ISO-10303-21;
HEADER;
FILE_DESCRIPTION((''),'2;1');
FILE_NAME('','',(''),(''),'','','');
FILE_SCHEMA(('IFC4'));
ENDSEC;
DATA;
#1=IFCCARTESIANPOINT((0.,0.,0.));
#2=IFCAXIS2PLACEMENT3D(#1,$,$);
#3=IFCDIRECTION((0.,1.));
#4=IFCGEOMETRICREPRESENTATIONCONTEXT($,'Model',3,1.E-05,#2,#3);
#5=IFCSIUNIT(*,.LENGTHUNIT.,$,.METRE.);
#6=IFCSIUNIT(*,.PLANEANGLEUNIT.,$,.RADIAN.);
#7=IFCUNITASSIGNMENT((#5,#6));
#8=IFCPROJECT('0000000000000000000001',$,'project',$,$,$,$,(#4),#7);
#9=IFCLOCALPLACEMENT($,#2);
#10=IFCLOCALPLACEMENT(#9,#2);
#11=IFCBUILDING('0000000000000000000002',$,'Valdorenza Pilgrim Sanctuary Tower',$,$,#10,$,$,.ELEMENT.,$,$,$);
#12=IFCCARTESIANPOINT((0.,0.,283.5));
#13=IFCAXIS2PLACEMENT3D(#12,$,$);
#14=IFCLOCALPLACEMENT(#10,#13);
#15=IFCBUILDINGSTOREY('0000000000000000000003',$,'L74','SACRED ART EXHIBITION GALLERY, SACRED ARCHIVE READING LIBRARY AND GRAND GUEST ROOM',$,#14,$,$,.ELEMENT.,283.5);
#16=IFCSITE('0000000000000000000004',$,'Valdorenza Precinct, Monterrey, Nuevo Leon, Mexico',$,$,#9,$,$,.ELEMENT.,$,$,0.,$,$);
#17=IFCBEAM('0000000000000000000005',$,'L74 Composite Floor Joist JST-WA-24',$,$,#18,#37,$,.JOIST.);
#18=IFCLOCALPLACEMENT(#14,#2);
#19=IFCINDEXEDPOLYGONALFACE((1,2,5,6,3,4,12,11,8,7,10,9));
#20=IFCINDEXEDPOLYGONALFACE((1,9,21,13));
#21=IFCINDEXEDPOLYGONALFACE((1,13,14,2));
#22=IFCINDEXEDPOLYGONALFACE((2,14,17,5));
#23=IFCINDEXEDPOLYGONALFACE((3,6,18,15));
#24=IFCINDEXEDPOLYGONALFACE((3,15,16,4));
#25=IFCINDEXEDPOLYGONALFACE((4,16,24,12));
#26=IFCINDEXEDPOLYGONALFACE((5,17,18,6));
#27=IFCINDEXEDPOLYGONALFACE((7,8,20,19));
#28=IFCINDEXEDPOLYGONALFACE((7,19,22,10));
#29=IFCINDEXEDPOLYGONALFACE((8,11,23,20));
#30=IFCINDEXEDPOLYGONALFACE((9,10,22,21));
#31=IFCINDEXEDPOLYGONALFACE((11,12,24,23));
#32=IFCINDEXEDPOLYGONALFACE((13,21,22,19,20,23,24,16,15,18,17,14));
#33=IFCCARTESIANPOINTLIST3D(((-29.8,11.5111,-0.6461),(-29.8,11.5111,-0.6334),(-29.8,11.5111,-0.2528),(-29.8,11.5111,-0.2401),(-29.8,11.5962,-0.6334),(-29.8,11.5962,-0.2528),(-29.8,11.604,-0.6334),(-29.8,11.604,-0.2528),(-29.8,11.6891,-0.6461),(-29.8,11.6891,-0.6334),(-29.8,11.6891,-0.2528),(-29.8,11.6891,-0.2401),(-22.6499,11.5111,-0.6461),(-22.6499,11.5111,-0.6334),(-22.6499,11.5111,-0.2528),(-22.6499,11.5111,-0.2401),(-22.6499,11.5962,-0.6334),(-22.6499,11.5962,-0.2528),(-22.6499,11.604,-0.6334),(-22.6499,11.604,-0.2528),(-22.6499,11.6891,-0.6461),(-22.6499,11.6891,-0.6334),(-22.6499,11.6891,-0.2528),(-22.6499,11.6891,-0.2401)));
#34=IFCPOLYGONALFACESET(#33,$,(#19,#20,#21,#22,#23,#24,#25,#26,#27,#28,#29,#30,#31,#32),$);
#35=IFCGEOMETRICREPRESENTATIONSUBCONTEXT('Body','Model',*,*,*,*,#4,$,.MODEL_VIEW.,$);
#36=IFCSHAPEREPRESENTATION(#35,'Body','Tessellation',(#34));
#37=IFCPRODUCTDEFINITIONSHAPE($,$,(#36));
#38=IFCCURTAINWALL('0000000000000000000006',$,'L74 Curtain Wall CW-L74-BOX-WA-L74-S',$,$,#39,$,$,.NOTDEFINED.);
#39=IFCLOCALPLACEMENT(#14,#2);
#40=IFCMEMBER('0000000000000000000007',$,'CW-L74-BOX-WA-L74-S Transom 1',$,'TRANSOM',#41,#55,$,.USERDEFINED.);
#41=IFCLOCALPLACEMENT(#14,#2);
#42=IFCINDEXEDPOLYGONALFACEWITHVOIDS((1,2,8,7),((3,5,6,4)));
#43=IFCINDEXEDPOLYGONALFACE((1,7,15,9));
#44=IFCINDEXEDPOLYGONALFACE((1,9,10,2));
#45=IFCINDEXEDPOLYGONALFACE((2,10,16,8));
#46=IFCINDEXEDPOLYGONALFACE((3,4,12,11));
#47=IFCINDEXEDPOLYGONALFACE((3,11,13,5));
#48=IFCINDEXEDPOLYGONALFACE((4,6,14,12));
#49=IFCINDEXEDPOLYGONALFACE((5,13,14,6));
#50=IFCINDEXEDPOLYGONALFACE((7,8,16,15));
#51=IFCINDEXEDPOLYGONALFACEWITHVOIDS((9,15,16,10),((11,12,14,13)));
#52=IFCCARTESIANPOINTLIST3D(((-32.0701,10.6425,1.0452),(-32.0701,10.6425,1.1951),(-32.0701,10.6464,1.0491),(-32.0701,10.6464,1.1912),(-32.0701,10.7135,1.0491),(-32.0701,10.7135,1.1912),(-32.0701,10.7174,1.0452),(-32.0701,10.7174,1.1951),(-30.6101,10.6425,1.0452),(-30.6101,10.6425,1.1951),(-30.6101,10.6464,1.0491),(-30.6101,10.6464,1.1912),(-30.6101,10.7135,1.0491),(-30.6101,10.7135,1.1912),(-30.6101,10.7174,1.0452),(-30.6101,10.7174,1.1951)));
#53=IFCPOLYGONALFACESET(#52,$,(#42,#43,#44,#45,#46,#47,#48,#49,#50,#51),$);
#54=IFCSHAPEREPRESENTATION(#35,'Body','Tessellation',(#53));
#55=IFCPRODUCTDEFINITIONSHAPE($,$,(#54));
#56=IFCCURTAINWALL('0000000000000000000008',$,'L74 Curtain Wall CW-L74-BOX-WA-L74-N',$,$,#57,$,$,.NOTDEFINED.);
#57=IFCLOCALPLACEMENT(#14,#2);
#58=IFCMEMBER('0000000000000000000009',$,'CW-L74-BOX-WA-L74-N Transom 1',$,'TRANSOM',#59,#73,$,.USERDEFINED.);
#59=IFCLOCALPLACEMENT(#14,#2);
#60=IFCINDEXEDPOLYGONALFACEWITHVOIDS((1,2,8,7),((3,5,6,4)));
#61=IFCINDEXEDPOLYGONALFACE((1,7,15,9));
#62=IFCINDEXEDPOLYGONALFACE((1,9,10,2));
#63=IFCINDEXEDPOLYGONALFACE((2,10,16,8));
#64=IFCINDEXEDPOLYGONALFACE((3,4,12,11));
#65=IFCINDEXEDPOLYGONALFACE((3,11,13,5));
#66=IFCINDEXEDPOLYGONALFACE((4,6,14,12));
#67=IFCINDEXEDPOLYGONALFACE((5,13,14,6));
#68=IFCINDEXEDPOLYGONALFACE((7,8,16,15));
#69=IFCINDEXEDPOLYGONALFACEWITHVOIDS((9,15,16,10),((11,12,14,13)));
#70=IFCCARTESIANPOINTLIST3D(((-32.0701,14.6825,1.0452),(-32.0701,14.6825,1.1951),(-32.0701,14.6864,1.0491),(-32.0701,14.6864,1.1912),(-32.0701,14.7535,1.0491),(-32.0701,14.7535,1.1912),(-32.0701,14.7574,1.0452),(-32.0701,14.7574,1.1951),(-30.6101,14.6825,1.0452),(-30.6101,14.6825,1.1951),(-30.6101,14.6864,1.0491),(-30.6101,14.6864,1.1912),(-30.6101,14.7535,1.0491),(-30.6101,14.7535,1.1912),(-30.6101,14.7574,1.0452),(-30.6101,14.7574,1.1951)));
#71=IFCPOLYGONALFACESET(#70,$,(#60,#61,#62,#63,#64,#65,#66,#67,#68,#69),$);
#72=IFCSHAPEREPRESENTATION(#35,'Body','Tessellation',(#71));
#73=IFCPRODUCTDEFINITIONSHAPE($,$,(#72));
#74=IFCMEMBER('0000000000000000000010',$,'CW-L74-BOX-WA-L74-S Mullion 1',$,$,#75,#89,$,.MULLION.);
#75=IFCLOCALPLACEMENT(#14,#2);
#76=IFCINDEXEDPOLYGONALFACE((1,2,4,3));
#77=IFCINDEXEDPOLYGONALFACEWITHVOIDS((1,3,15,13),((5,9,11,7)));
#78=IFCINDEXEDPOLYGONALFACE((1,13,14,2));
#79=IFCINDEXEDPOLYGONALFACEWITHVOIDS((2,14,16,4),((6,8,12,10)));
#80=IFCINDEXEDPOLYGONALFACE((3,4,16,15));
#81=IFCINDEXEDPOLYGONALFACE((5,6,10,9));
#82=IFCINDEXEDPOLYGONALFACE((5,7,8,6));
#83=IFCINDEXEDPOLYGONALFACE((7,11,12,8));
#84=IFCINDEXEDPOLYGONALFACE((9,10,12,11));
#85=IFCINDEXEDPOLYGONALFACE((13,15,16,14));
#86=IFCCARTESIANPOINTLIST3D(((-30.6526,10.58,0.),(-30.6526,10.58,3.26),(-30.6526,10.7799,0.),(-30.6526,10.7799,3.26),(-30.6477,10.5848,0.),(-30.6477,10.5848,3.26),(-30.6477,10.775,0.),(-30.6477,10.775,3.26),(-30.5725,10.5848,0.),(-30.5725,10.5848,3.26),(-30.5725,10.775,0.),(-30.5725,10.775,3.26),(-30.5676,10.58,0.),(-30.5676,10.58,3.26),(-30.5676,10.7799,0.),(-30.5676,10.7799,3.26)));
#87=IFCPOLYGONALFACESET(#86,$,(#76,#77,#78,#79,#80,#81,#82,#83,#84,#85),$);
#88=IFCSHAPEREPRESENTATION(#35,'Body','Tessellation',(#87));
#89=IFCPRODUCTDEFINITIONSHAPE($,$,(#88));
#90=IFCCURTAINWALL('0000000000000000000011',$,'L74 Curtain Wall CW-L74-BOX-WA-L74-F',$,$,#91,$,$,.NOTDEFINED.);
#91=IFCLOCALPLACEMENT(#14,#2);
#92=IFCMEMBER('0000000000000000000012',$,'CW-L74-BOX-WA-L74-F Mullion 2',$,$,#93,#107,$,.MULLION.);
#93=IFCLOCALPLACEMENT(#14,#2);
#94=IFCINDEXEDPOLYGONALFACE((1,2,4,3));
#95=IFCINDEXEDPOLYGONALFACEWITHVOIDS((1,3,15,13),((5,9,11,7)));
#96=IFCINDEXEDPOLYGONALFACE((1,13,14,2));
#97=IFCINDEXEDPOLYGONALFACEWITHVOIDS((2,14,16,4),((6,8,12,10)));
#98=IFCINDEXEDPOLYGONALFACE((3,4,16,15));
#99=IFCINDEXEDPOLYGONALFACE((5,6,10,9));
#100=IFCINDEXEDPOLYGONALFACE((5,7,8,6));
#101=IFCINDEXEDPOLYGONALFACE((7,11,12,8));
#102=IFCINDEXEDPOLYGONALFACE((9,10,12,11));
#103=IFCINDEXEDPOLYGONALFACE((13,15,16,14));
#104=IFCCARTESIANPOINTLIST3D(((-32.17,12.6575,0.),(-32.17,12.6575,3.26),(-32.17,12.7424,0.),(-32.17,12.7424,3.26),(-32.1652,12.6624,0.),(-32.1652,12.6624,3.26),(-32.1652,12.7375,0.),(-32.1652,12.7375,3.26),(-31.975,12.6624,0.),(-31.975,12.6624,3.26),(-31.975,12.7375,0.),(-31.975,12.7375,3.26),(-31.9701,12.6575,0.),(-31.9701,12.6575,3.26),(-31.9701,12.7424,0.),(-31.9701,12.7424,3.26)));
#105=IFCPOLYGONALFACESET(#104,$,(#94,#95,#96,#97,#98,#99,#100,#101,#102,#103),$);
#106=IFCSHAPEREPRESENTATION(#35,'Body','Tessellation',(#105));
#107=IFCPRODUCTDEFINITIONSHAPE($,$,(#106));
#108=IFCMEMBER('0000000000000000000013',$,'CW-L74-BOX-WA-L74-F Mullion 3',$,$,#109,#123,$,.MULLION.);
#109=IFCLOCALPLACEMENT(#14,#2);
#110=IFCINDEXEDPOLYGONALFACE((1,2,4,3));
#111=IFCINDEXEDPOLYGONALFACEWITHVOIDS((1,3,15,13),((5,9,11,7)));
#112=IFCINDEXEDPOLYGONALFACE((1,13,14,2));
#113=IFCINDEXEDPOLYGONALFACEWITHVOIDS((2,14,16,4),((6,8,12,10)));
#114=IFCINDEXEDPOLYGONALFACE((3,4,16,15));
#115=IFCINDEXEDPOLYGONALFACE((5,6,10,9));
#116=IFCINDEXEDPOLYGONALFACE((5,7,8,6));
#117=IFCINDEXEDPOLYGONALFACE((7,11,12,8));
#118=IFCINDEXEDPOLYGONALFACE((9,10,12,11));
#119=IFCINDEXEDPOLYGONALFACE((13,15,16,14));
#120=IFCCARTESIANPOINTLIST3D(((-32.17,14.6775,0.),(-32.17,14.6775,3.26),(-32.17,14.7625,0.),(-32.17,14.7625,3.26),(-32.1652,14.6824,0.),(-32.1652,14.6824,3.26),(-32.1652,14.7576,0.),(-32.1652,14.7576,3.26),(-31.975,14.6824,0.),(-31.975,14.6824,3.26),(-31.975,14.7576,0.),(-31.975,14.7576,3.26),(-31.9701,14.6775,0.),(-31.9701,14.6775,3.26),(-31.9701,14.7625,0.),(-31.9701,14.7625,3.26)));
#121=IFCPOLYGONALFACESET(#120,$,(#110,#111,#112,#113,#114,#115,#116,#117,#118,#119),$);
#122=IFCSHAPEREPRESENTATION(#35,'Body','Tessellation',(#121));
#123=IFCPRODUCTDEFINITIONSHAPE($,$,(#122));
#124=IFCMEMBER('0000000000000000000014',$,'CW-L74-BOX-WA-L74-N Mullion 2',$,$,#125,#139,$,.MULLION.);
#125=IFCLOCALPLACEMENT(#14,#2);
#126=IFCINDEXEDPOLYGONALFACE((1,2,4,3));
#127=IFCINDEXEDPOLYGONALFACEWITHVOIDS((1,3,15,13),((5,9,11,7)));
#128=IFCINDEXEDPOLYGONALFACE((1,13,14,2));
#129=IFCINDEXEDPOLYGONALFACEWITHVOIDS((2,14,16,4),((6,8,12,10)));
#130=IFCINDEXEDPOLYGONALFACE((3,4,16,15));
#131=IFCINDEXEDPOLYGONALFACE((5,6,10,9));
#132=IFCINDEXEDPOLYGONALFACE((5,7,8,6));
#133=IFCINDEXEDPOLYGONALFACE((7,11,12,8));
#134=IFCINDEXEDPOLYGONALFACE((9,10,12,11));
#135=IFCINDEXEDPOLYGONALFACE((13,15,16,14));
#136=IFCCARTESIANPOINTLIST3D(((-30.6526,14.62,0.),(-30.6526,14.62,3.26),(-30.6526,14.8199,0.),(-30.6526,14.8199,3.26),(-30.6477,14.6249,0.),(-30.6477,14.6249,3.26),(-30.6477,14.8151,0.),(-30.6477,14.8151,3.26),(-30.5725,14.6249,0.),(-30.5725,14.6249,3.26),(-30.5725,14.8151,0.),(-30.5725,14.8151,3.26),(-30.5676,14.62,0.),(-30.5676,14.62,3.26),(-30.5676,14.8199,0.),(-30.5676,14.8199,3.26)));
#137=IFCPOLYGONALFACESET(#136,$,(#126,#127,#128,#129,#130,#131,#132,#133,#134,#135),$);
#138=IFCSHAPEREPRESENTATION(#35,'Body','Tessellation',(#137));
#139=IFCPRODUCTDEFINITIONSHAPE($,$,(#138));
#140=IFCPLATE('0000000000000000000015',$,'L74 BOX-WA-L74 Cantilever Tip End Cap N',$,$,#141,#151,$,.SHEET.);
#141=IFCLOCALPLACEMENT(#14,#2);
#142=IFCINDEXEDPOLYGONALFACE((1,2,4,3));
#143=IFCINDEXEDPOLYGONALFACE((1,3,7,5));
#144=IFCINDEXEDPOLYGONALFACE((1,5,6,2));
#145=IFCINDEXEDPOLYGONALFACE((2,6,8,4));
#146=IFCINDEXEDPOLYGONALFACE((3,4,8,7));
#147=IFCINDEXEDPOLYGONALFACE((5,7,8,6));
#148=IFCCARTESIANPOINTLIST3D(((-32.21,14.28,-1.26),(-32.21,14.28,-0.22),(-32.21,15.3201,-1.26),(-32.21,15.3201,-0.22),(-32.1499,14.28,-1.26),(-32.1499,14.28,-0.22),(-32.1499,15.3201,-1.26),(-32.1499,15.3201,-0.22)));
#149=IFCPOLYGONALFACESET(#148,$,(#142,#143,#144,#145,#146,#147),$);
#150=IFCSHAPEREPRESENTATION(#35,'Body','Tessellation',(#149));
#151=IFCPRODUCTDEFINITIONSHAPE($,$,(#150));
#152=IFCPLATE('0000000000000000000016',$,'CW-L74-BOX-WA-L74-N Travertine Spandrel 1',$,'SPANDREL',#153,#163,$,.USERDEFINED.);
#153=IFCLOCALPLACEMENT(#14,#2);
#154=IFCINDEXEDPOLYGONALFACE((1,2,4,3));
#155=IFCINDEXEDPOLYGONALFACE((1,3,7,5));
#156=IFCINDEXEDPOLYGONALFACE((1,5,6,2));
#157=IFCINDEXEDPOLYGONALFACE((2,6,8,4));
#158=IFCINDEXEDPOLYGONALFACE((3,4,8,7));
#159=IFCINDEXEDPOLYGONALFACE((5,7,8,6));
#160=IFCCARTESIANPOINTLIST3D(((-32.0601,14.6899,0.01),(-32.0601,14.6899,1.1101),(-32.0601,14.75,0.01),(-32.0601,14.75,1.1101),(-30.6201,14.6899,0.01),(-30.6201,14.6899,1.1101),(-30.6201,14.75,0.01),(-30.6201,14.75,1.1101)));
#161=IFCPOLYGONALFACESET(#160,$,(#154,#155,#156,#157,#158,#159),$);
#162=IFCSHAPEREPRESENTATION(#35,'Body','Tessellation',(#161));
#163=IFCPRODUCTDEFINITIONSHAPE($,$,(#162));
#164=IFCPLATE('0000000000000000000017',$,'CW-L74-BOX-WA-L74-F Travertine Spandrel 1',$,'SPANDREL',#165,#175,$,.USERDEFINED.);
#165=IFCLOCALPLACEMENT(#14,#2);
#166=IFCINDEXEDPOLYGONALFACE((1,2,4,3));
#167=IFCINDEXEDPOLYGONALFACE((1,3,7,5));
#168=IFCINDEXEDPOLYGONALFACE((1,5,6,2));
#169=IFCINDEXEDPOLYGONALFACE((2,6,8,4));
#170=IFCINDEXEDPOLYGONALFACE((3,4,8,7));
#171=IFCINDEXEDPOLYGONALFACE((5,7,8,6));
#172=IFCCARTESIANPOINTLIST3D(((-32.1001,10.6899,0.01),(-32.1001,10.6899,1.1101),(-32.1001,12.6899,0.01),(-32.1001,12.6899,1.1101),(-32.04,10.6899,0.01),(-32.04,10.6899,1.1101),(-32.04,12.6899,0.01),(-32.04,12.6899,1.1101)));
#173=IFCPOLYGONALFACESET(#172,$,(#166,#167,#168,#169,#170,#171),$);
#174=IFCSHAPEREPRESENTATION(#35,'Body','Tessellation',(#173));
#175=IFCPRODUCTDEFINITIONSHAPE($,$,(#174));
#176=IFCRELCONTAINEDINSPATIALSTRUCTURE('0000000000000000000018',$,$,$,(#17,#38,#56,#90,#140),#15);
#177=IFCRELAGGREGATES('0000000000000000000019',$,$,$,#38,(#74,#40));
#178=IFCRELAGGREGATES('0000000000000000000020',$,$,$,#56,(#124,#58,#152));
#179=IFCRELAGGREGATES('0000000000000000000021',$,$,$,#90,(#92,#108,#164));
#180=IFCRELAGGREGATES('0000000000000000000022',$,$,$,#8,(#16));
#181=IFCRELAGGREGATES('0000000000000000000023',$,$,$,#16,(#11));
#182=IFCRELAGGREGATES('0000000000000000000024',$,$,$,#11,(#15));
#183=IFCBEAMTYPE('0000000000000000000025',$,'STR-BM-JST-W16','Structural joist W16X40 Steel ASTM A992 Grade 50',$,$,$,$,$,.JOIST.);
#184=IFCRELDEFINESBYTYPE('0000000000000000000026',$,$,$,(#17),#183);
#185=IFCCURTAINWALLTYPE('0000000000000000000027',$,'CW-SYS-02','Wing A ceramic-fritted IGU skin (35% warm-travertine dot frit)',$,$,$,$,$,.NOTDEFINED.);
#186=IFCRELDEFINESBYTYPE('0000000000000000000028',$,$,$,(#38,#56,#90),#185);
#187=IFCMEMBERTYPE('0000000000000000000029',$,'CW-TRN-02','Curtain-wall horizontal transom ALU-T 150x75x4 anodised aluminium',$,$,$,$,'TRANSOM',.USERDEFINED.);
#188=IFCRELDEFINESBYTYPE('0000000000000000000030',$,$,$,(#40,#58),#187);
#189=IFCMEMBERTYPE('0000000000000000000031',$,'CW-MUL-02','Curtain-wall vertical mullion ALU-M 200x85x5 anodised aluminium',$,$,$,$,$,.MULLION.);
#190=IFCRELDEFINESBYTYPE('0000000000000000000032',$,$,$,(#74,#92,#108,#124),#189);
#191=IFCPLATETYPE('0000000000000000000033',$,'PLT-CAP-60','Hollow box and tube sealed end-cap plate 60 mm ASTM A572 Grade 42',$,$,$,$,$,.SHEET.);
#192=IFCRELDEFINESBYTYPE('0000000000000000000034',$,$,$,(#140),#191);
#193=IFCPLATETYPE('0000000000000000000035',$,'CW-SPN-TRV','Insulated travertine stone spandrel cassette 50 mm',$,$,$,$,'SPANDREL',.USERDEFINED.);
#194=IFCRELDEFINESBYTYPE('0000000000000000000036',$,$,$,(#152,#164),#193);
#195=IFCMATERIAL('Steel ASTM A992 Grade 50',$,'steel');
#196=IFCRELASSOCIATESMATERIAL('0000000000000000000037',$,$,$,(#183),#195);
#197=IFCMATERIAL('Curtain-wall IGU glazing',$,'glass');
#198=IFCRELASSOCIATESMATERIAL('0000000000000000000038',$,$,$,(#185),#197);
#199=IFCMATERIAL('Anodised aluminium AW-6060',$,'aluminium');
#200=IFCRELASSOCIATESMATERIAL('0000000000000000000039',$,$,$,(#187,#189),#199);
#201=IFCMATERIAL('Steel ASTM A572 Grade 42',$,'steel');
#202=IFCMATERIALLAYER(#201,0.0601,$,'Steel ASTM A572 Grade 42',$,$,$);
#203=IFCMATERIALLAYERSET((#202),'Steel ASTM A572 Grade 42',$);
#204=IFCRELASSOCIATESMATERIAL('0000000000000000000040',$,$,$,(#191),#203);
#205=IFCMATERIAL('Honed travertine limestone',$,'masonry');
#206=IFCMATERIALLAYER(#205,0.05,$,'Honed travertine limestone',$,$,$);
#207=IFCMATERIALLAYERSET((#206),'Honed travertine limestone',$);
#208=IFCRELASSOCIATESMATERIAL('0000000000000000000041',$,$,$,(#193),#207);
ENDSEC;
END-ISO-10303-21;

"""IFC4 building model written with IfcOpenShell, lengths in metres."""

from ifc_helpers import new_model, si_unit, direction, frame, origin, origin_2d, place, context, subcontext, project, spatial, rectangle, hollow_rectangle, i_section, extrude, source, transform, mapped, material, layer, layer_set, material_profile, profile_set, type_object, element, aggregate, save


model = new_model("IFC4")

# Units and contexts
model_context = context("Model", 3, precision=1e-05, world=origin(), true_north=direction((0.0, 1.0)))
body_context = subcontext(model_context, "Body", "Model", "MODEL_VIEW")
ifc_project = project(units=[si_unit("LENGTHUNIT", "METRE"), si_unit("PLANEANGLEUNIT", "RADIAN")], contexts=[model_context])

# Site, building, storey
site_placement = place(None, origin())
site = spatial("IfcSite", under=ifc_project, at=site_placement, Name="Valdorenza Precinct, Monterrey, Nuevo Leon, Mexico", CompositionType="ELEMENT", RefElevation=0.0)
building_placement = place(site_placement, origin())
building = spatial("IfcBuilding", under=site, at=building_placement, Name="Valdorenza Pilgrim Sanctuary Tower", CompositionType="ELEMENT")
storey_placement = place(building_placement, frame((0.0, 0.0, 283.5)))
storey = spatial("IfcBuildingStorey", under=building, at=storey_placement, Name="L74", Description="SACRED ART EXHIBITION GALLERY, SACRED ARCHIVE READING LIBRARY AND GRAND GUEST ROOM", CompositionType="ELEMENT", Elevation=283.5)

# Beam
ifc_material_1 = material(Name="Steel ASTM A992 Grade 50", Category="steel")
ifc_material_profile_1 = material_profile(ifc_material_1, i_section(OverallWidth=0.178, OverallDepth=0.406, WebThickness=0.0078, FlangeThickness=0.0127, at=origin_2d()), Name="W16X40")
ifc_profile_set_1 = profile_set([ifc_material_profile_1], Name="Steel ASTM A992 Grade 50")
beam_type = type_object("IfcBeamType", Name="STR-BM-JST-W16", Description="Structural joist W16X40 Steel ASTM A992 Grade 50", PredefinedType="JOIST", material=ifc_profile_set_1)
shared_shape_1 = source(origin(), body_context, "Body", "SweptSolid", [
    extrude(i_section(OverallWidth=0.178, OverallDepth=0.406, WebThickness=0.0078, FlangeThickness=0.0127, at=origin_2d()), origin(), (0.0, 0.0, 1.0), 7.1501),
])
beam_placement = place(storey_placement, frame((-29.8, 11.6001, -0.4431), z_axis=(1.0, 0.0, 0.0), x_axis=(0.0, 1.0, 0.0)))
element("IfcBeam", 1, at=beam_placement, inside=storey, type_object=beam_type, Name="L74 Composite Floor Joist JST-WA-24", PredefinedType="JOIST", context=body_context, shape_type="MappedRepresentation", body=[
    mapped(shared_shape_1, transform((0.0, 0.0, 0.0), x_axis=(1.0, 0.0, 0.0), y_axis=(0.0, 1.0, 0.0), z_axis=(0.0, 0.0, 1.0), scale=1.0)),
])

# Curtain walls, members
ifc_material_2 = material(Name="Curtain-wall IGU glazing", Category="glass")
curtain_wall_type = type_object("IfcCurtainWallType", Name="CW-SYS-02", Description="Wing A ceramic-fritted IGU skin (35% warm-travertine dot frit)", PredefinedType="NOTDEFINED", material=ifc_material_2)
curtain_wall_1_placement = place(storey_placement, origin())
curtain_wall_1 = element("IfcCurtainWall", 2, at=curtain_wall_1_placement, inside=storey, type_object=curtain_wall_type, Name="L74 Curtain Wall CW-L74-BOX-WA-L74-S", PredefinedType="NOTDEFINED")
ifc_material_3 = material(Name="Anodised aluminium AW-6060", Category="aluminium")
ifc_material_profile_2 = material_profile(ifc_material_3, hollow_rectangle(XDim=0.075, YDim=0.1499, WallThickness=0.0039, at=origin_2d()), Name="ALU-T 150x75x4")
ifc_profile_set_2 = profile_set([ifc_material_profile_2], Name="Anodised aluminium AW-6060")
member_type_1 = type_object("IfcMemberType", Name="CW-TRN-02", Description="Curtain-wall horizontal transom ALU-T 150x75x4 anodised aluminium", ElementType="TRANSOM", PredefinedType="USERDEFINED", material=ifc_profile_set_2)
shared_shape_2 = source(origin(), body_context, "Body", "SweptSolid", [
    extrude(hollow_rectangle(XDim=0.075, YDim=0.1499, WallThickness=0.0039, at=origin_2d()), origin(), (0.0, 0.0, 1.0), 1.46),
])
member_1_placement = place(storey_placement, frame((-30.6101, 10.6799, 1.1201), z_axis=(-1.0, 0.0, 0.0), x_axis=(0.0, -1.0, 0.0)))
member_1 = element("IfcMember", 3, at=member_1_placement, type_object=member_type_1, Name="CW-L74-BOX-WA-L74-S Transom 1", ObjectType="TRANSOM", PredefinedType="USERDEFINED", context=body_context, shape_type="MappedRepresentation", body=[
    mapped(shared_shape_2, transform((0.0, 0.0, 0.0), x_axis=(1.0, 0.0, 0.0), y_axis=(0.0, 1.0, 0.0), z_axis=(0.0, 0.0, 1.0), scale=1.0)),
])
curtain_wall_2_placement = place(storey_placement, origin())
curtain_wall_2 = element("IfcCurtainWall", 4, at=curtain_wall_2_placement, inside=storey, type_object=curtain_wall_type, Name="L74 Curtain Wall CW-L74-BOX-WA-L74-N", PredefinedType="NOTDEFINED")
member_2_placement = place(storey_placement, frame((-32.0701, 14.72, 1.1201), z_axis=(1.0, 0.0, 0.0), x_axis=(0.0, 1.0, 0.0)))
member_2 = element("IfcMember", 5, at=member_2_placement, type_object=member_type_1, Name="CW-L74-BOX-WA-L74-N Transom 1", ObjectType="TRANSOM", PredefinedType="USERDEFINED", context=body_context, shape_type="MappedRepresentation", body=[
    mapped(shared_shape_2, transform((0.0, 0.0, 0.0), x_axis=(1.0, 0.0, 0.0), y_axis=(0.0, 1.0, 0.0), z_axis=(0.0, 0.0, 1.0), scale=1.0)),
])

# Member
ifc_material_profile_3 = material_profile(ifc_material_3, hollow_rectangle(XDim=0.085, YDim=0.2, WallThickness=0.0049, at=origin_2d()), Name="ALU-M 200x85x5")
ifc_profile_set_3 = profile_set([ifc_material_profile_3], Name="Anodised aluminium AW-6060")
member_type_2 = type_object("IfcMemberType", Name="CW-MUL-02", Description="Curtain-wall vertical mullion ALU-M 200x85x5 anodised aluminium", PredefinedType="MULLION", material=ifc_profile_set_3)
shared_shape_3 = source(origin(), body_context, "Body", "SweptSolid", [
    extrude(hollow_rectangle(XDim=0.085, YDim=0.2, WallThickness=0.0049, at=origin_2d()), origin(), (0.0, 0.0, 1.0), 3.26),
])
member_3_placement = place(storey_placement, frame((-30.6101, 10.6799, 0.0), z_axis=(0.0, 0.0, 1.0), x_axis=(-1.0, 0.0, 0.0)))
member_3 = element("IfcMember", 6, at=member_3_placement, type_object=member_type_2, Name="CW-L74-BOX-WA-L74-S Mullion 1", PredefinedType="MULLION", context=body_context, shape_type="MappedRepresentation", body=[
    mapped(shared_shape_3, transform((0.0, 0.0, 0.0), x_axis=(1.0, 0.0, 0.0), y_axis=(0.0, 1.0, 0.0), z_axis=(0.0, 0.0, 1.0), scale=1.0)),
])
aggregate(curtain_wall_1, [member_3, member_1])

# Curtain wall, members
curtain_wall_3_placement = place(storey_placement, origin())
curtain_wall_3 = element("IfcCurtainWall", 7, at=curtain_wall_3_placement, inside=storey, type_object=curtain_wall_type, Name="L74 Curtain Wall CW-L74-BOX-WA-L74-F", PredefinedType="NOTDEFINED")
member_4_placement = place(storey_placement, frame((-32.0701, 12.7, 0.0), z_axis=(0.0, 0.0, 1.0), x_axis=(0.0, 1.0, 0.0)))
member_4 = element("IfcMember", 8, at=member_4_placement, type_object=member_type_2, Name="CW-L74-BOX-WA-L74-F Mullion 2", PredefinedType="MULLION", context=body_context, shape_type="MappedRepresentation", body=[
    mapped(shared_shape_3, transform((0.0, 0.0, 0.0), x_axis=(1.0, 0.0, 0.0), y_axis=(0.0, 1.0, 0.0), z_axis=(0.0, 0.0, 1.0), scale=1.0)),
])
member_5_placement = place(storey_placement, frame((-32.0701, 14.72, 0.0), z_axis=(0.0, 0.0, 1.0), x_axis=(0.0, 1.0, 0.0)))
member_5 = element("IfcMember", 9, at=member_5_placement, type_object=member_type_2, Name="CW-L74-BOX-WA-L74-F Mullion 3", PredefinedType="MULLION", context=body_context, shape_type="MappedRepresentation", body=[
    mapped(shared_shape_3, transform((0.0, 0.0, 0.0), x_axis=(1.0, 0.0, 0.0), y_axis=(0.0, 1.0, 0.0), z_axis=(0.0, 0.0, 1.0), scale=1.0)),
])

# Member
member_6_placement = place(storey_placement, frame((-30.6101, 14.72, 0.0), z_axis=(0.0, 0.0, 1.0), x_axis=(1.0, 0.0, 0.0)))
member_6 = element("IfcMember", 10, at=member_6_placement, type_object=member_type_2, Name="CW-L74-BOX-WA-L74-N Mullion 2", PredefinedType="MULLION", context=body_context, shape_type="MappedRepresentation", body=[
    mapped(shared_shape_3, transform((0.0, 0.0, 0.0), x_axis=(1.0, 0.0, 0.0), y_axis=(0.0, 1.0, 0.0), z_axis=(0.0, 0.0, 1.0), scale=1.0)),
])

# Plates
ifc_material_4 = material(Name="Steel ASTM A572 Grade 42", Category="steel")
ifc_layer_1 = layer(ifc_material_4, 0.0601, Name="Steel ASTM A572 Grade 42")
ifc_layer_set_1 = layer_set([ifc_layer_1], Name="Steel ASTM A572 Grade 42")
plate_type_1 = type_object("IfcPlateType", Name="PLT-CAP-60", Description="Hollow box and tube sealed end-cap plate 60 mm ASTM A572 Grade 42", PredefinedType="SHEET", material=ifc_layer_set_1)
shared_shape_4 = source(origin(), body_context, "Body", "SweptSolid", [
    extrude(rectangle(XDim=0.0601, YDim=1.04, at=origin_2d()), origin(), (0.0, 0.0, 1.0), 1.04),
])
plate_1_placement = place(storey_placement, frame((-32.1799, 14.8, -1.26), z_axis=(0.0, 0.0, 1.0), x_axis=(1.0, 0.0, 0.0)))
element("IfcPlate", 11, at=plate_1_placement, inside=storey, type_object=plate_type_1, Name="L74 BOX-WA-L74 Cantilever Tip End Cap N", PredefinedType="SHEET", context=body_context, shape_type="MappedRepresentation", body=[
    mapped(shared_shape_4, transform((0.0, 0.0, 0.0), x_axis=(1.0, 0.0, 0.0), y_axis=(0.0, 1.0, 0.0), z_axis=(0.0, 0.0, 1.0), scale=1.0)),
])
ifc_material_5 = material(Name="Honed travertine limestone", Category="masonry")
ifc_layer_2 = layer(ifc_material_5, 0.05, Name="Honed travertine limestone")
ifc_layer_set_2 = layer_set([ifc_layer_2], Name="Honed travertine limestone")
plate_type_2 = type_object("IfcPlateType", Name="CW-SPN-TRV", Description="Insulated travertine stone spandrel cassette 50 mm", ElementType="SPANDREL", PredefinedType="USERDEFINED", material=ifc_layer_set_2)
shared_shape_5 = source(origin(), body_context, "Body", "SweptSolid", [
    extrude(rectangle(XDim=1.4399, YDim=0.0601, at=origin_2d()), origin(), (0.0, 0.0, 1.0), 1.1001),
])
plate_2_placement = place(storey_placement, frame((-31.3401, 14.72, 0.01), z_axis=(0.0, 0.0, 1.0), x_axis=(1.0, 0.0, 0.0)))
plate_2 = element("IfcPlate", 12, at=plate_2_placement, type_object=plate_type_2, Name="CW-L74-BOX-WA-L74-N Travertine Spandrel 1", ObjectType="SPANDREL", PredefinedType="USERDEFINED", context=body_context, shape_type="MappedRepresentation", body=[
    mapped(shared_shape_5, transform((0.0, 0.0, 0.0), x_axis=(1.0, 0.0, 0.0), y_axis=(0.0, 1.0, 0.0), z_axis=(0.0, 0.0, 1.0), scale=1.0)),
])
shared_shape_6 = source(origin(), body_context, "Body", "SweptSolid", [
    extrude(rectangle(XDim=2.0, YDim=0.0601, at=origin_2d()), origin(), (0.0, 0.0, 1.0), 1.1001),
])
plate_3_placement = place(storey_placement, frame((-32.0701, 11.6899, 0.01), z_axis=(0.0, 0.0, 1.0), x_axis=(0.0, 1.0, 0.0)))
plate_3 = element("IfcPlate", 13, at=plate_3_placement, type_object=plate_type_2, Name="CW-L74-BOX-WA-L74-F Travertine Spandrel 1", ObjectType="SPANDREL", PredefinedType="USERDEFINED", context=body_context, shape_type="MappedRepresentation", body=[
    mapped(shared_shape_6, transform((0.0, 0.0, 0.0), x_axis=(1.0, 0.0, 0.0), y_axis=(0.0, 1.0, 0.0), z_axis=(0.0, 0.0, 1.0), scale=1.0)),
])
aggregate(curtain_wall_2, [member_6, member_2, plate_2])
aggregate(curtain_wall_3, [member_4, member_5, plate_3])

save(model, "model.ifc")
